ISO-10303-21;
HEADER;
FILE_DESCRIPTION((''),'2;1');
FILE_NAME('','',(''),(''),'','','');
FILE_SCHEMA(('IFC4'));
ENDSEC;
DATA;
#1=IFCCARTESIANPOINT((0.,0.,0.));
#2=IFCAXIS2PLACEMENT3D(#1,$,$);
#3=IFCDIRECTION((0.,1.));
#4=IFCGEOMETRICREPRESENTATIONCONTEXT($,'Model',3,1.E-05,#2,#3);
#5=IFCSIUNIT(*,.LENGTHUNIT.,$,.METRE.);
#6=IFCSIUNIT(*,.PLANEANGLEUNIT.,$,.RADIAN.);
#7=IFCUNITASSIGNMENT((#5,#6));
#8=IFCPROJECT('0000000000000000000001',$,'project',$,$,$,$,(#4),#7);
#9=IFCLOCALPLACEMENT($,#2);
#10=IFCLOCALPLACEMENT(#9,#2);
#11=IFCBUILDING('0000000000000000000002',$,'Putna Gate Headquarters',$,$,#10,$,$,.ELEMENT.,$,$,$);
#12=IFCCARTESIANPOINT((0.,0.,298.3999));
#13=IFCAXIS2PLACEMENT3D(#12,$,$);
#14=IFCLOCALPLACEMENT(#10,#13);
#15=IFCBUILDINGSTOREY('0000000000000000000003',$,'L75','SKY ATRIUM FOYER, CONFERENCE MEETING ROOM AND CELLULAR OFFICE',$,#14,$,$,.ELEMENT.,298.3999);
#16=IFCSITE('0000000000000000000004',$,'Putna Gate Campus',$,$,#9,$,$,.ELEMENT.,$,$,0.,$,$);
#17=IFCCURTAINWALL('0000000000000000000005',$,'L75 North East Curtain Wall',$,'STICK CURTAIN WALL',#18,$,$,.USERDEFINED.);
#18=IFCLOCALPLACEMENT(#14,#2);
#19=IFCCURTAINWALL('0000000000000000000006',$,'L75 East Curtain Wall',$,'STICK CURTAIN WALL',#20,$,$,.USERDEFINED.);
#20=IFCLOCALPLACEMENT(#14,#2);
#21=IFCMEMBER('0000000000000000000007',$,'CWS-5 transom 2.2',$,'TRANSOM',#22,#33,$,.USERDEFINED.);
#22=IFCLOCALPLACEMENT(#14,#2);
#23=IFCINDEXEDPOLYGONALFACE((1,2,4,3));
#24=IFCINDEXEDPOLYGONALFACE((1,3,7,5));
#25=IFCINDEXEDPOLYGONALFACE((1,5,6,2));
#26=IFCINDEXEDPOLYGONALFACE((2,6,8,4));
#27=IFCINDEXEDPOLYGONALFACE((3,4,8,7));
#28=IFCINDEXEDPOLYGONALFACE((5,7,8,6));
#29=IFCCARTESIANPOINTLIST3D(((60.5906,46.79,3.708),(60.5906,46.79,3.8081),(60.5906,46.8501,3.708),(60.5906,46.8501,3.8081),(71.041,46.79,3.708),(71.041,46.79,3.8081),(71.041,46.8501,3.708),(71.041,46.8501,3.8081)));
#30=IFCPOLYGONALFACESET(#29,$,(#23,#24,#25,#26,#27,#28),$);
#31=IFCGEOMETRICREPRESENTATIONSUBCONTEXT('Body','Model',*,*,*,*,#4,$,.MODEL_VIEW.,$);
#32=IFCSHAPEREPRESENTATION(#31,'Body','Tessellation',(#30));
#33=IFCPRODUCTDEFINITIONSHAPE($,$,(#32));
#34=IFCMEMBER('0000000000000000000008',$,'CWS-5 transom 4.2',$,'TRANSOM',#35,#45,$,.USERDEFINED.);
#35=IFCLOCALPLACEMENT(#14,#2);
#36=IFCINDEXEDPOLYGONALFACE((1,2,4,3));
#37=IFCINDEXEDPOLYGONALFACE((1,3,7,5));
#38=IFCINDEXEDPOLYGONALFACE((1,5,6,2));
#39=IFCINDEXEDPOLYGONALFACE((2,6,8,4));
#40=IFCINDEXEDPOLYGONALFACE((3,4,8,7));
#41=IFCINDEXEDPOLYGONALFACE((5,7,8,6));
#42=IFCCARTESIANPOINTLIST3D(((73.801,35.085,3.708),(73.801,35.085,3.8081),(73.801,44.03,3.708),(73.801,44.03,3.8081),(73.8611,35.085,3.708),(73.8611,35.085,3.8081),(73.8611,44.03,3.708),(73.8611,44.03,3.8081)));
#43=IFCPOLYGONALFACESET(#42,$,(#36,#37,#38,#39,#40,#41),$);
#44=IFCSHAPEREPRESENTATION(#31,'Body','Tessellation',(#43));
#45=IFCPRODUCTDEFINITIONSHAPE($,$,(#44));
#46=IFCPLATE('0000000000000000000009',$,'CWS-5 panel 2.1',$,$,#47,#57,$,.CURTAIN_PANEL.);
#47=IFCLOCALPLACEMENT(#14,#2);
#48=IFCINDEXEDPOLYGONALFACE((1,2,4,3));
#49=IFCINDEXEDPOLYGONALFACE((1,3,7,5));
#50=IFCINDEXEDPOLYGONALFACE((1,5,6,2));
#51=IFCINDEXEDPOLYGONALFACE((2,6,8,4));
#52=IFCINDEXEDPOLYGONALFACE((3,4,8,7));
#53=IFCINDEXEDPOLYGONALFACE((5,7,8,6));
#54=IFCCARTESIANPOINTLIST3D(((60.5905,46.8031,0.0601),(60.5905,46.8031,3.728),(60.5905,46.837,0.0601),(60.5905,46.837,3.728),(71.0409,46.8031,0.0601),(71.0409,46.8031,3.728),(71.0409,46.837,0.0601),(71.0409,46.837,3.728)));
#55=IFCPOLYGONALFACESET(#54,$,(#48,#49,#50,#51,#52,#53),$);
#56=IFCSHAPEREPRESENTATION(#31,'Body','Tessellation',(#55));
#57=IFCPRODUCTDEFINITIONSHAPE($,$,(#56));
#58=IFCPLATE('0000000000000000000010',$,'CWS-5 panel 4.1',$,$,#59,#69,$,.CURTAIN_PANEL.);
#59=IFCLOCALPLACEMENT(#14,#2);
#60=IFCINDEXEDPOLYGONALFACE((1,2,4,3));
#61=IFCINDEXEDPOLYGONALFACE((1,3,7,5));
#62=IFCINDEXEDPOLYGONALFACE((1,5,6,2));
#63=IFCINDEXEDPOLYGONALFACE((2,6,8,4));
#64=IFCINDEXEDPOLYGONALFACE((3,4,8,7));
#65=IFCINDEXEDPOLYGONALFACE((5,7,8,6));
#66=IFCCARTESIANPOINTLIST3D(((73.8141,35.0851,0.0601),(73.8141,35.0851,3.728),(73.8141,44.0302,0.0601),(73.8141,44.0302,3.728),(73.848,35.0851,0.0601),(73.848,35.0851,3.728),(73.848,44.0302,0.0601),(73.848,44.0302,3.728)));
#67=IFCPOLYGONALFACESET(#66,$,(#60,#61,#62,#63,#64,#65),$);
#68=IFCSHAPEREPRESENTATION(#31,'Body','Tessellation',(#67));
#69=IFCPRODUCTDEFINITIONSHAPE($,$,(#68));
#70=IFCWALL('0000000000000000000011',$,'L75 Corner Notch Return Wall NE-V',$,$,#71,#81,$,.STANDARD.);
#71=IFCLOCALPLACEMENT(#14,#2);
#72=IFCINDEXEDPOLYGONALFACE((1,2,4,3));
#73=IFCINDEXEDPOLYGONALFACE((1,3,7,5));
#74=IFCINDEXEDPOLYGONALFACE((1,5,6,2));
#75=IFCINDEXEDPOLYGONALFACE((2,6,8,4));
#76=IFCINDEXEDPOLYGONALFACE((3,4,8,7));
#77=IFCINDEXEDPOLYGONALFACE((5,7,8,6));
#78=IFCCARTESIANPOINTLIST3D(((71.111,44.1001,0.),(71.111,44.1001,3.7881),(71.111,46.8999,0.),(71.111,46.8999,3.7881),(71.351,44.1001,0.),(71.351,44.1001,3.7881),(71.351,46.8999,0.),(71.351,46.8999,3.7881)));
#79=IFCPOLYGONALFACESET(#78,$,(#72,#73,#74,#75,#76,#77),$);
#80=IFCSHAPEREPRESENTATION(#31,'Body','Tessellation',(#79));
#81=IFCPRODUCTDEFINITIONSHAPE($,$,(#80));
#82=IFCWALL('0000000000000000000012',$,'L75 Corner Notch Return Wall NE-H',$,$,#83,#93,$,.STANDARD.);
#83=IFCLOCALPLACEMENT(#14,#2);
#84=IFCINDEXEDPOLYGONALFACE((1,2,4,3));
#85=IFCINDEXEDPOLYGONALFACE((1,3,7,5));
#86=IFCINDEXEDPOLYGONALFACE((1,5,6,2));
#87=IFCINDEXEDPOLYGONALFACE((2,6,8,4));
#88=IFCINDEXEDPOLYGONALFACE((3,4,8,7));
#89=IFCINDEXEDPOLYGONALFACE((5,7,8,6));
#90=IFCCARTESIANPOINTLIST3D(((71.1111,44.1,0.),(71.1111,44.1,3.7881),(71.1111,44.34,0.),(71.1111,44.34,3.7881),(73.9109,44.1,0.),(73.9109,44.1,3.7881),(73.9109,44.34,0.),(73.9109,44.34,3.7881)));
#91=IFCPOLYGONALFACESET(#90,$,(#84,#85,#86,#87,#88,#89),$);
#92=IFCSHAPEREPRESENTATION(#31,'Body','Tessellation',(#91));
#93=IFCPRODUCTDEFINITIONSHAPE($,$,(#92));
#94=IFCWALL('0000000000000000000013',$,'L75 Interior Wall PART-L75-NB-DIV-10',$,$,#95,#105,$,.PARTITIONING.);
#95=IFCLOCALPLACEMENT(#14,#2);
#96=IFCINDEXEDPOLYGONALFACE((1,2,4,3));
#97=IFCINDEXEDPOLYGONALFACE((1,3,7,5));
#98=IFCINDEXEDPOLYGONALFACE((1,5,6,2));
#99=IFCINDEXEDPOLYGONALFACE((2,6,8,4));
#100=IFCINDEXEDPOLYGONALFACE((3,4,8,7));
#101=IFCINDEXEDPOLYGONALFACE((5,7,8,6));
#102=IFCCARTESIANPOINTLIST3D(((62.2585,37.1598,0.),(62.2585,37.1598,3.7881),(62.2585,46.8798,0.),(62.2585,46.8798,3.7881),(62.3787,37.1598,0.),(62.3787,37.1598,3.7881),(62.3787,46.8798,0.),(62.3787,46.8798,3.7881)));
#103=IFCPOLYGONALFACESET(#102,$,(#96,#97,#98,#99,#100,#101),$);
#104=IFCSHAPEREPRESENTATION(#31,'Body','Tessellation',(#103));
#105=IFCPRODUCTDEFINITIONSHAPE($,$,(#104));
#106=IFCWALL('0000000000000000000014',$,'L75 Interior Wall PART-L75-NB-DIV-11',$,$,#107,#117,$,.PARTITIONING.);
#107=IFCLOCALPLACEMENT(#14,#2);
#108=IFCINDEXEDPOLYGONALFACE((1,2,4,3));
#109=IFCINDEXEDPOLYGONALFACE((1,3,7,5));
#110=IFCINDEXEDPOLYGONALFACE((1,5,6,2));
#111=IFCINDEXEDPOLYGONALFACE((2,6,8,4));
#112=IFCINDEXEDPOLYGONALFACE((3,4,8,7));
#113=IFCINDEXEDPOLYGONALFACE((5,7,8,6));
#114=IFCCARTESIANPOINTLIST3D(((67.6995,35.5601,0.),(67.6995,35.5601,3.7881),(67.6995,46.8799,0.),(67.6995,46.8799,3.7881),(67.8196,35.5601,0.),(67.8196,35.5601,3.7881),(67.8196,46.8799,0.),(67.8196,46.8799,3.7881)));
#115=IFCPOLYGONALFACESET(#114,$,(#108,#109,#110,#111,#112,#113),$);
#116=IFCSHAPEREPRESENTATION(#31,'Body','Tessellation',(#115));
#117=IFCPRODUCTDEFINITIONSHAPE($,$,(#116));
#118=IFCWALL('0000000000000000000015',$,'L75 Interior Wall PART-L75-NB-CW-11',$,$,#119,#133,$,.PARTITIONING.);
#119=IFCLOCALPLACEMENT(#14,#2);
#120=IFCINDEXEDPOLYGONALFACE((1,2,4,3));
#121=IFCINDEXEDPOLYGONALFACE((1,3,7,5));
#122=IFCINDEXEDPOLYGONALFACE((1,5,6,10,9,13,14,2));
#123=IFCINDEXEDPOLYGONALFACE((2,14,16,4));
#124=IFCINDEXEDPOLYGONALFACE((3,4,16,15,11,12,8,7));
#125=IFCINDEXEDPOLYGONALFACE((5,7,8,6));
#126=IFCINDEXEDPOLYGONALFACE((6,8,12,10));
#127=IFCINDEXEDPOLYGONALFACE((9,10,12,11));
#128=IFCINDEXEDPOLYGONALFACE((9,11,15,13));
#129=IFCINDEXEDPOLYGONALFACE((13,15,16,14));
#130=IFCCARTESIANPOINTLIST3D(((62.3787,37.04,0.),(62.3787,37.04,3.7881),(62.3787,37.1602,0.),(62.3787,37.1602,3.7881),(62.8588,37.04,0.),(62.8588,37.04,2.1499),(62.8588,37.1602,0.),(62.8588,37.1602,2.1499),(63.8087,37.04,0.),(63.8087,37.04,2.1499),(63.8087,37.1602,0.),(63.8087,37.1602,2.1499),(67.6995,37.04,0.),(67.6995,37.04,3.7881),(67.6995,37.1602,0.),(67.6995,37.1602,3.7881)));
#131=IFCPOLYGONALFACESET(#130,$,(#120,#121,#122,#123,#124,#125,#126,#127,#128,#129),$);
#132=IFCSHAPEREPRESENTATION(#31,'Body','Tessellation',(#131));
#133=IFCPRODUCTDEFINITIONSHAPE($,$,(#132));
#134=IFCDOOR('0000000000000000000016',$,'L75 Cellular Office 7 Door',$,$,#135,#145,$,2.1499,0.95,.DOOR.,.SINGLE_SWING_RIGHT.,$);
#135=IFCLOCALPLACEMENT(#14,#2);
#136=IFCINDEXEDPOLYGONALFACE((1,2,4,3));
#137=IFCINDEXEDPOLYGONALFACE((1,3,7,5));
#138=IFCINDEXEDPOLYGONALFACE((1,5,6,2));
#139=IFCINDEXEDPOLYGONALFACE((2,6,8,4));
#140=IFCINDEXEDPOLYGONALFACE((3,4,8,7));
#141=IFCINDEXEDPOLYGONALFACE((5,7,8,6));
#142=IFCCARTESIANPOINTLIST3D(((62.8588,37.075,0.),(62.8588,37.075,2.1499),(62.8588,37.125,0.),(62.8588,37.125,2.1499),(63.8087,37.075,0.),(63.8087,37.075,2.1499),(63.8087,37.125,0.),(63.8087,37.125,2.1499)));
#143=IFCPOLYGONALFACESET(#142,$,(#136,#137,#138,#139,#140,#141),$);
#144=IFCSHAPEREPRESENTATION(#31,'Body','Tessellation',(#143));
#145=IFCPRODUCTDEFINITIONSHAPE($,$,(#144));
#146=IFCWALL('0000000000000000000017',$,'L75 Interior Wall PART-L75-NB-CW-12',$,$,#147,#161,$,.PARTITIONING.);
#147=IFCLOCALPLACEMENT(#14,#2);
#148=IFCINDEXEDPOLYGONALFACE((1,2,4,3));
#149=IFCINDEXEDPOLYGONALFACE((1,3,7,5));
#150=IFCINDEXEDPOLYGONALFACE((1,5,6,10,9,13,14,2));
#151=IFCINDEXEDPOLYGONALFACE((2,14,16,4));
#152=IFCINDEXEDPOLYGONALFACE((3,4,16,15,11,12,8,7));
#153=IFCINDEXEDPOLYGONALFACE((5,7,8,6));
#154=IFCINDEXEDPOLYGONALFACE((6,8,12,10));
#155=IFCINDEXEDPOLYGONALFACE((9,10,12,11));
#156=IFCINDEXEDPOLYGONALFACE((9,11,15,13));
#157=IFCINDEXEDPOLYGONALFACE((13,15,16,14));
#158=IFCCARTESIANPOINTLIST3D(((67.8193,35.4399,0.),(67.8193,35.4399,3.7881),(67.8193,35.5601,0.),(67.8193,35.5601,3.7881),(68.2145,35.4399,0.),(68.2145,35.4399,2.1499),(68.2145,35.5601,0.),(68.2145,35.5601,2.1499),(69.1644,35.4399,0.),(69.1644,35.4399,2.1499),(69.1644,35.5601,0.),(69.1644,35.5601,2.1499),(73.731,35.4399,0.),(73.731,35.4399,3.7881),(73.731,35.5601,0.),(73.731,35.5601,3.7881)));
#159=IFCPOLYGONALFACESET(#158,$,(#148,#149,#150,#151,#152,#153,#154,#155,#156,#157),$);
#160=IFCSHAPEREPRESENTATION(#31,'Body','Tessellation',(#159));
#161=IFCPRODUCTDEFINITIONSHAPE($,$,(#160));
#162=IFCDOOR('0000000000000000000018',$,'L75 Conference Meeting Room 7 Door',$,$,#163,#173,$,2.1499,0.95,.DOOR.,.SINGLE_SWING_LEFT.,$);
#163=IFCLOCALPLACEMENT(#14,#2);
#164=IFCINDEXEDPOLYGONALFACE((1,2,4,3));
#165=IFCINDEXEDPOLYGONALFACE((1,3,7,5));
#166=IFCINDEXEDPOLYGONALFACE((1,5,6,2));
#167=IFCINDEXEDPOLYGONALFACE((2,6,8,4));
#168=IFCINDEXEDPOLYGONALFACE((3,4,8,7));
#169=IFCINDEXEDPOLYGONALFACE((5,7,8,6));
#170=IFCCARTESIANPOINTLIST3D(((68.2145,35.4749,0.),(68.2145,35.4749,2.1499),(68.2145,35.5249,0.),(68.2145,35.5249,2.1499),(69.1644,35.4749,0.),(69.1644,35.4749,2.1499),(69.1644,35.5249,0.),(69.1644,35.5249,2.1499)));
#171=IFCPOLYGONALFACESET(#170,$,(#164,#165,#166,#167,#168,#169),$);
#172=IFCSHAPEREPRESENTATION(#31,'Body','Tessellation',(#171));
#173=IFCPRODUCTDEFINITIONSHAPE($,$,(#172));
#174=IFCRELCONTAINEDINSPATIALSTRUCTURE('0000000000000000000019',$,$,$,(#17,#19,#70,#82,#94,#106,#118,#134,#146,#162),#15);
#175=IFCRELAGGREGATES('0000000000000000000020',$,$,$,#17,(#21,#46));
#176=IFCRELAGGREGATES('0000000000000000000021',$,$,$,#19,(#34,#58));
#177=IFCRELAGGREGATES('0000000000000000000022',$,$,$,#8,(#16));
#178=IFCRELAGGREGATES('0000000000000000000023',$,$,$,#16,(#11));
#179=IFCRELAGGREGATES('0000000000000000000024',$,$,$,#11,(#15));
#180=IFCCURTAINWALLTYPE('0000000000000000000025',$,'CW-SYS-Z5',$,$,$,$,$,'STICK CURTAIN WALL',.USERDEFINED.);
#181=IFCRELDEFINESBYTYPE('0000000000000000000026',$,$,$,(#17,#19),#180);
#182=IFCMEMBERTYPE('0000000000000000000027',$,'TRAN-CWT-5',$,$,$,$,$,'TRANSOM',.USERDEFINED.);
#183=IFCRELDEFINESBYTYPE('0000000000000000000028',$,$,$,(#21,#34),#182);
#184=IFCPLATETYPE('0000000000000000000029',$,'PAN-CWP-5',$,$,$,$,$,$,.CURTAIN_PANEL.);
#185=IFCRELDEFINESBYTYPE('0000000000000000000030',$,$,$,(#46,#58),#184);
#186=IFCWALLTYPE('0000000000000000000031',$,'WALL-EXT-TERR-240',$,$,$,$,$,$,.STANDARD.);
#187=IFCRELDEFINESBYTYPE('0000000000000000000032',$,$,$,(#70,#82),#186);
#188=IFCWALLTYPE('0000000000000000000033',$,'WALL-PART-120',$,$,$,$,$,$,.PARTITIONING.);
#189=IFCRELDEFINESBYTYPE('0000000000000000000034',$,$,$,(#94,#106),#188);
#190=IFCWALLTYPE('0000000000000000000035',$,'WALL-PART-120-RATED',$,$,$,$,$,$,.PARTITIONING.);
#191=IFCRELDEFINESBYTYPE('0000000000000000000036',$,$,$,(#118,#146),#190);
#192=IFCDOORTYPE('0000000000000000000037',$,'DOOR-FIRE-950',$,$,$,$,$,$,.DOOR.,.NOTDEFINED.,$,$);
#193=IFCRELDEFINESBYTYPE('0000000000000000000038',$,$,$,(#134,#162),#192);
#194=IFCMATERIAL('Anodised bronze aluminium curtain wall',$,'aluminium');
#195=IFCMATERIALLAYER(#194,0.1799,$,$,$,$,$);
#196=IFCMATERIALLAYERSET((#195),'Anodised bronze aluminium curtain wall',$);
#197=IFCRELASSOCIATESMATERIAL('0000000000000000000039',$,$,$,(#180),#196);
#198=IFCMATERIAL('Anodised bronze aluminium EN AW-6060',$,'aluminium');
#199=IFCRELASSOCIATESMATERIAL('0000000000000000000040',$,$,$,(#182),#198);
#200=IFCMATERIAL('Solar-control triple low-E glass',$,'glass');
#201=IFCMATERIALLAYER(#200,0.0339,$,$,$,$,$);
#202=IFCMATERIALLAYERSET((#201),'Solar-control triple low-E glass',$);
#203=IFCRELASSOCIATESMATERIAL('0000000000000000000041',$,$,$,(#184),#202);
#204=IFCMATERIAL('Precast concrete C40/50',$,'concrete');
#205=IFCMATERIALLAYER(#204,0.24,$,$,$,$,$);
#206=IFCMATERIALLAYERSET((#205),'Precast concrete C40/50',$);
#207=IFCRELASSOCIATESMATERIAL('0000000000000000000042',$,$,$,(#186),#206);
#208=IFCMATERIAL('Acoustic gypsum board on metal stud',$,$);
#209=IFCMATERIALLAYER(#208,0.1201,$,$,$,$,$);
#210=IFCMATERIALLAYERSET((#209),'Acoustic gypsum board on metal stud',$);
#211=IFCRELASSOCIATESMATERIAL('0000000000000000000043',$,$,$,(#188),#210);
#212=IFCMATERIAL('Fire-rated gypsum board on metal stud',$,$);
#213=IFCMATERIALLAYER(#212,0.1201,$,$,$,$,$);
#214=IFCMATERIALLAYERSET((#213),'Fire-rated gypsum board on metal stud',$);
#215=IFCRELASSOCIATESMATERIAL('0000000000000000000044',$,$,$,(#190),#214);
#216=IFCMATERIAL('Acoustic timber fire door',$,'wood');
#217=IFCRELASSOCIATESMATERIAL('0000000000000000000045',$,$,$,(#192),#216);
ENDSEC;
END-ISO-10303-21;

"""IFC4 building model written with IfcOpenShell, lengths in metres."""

from ifc_helpers import new_model, si_unit, direction, frame, frame_2d, origin, origin_2d, place, context, subcontext, project, spatial, rectangle, extrude, material, layer, layer_set, material_profile, profile_set, type_object, element, fill, aggregate, save


model = new_model("IFC4")

# Units and contexts
model_context = context("Model", 3, precision=1e-05, world=origin(), true_north=direction((0.0, 1.0)))
body_context = subcontext(model_context, "Body", "Model", "MODEL_VIEW")
ifc_project = project(units=[si_unit("LENGTHUNIT", "METRE"), si_unit("PLANEANGLEUNIT", "RADIAN")], contexts=[model_context])

# Site, building, storey
site_placement = place(None, origin())
site = spatial("IfcSite", under=ifc_project, at=site_placement, Name="Putna Gate Campus", CompositionType="ELEMENT", RefElevation=0.0)
building_placement = place(site_placement, origin())
building = spatial("IfcBuilding", under=site, at=building_placement, Name="Putna Gate Headquarters", CompositionType="ELEMENT")
storey_placement = place(building_placement, frame((0.0, 0.0, 298.3999)))
storey = spatial("IfcBuildingStorey", under=building, at=storey_placement, Name="L75", Description="SKY ATRIUM FOYER, CONFERENCE MEETING ROOM AND CELLULAR OFFICE", CompositionType="ELEMENT", Elevation=298.3999)

# Curtain wall
ifc_material_1 = material(Name="Anodised bronze aluminium curtain wall", Category="aluminium")
ifc_layer_1 = layer(ifc_material_1, 0.1799)
ifc_layer_set_1 = layer_set([ifc_layer_1], Name="Anodised bronze aluminium curtain wall")
curtain_wall_type = type_object("IfcCurtainWallType", Name="CW-SYS-Z5", ElementType="STICK CURTAIN WALL", PredefinedType="USERDEFINED", material=ifc_layer_set_1)
curtain_wall_1_placement = place(storey_placement, origin())
curtain_wall_1 = element("IfcCurtainWall", 1, at=curtain_wall_1_placement, inside=storey, type_object=curtain_wall_type, Name="L75 North East Curtain Wall", ObjectType="STICK CURTAIN WALL", PredefinedType="USERDEFINED")
ifc_material_2 = material(Name="Anodised bronze aluminium EN AW-6060", Category="aluminium")

# Curtain wall
curtain_wall_2_placement = place(storey_placement, origin())
curtain_wall_2 = element("IfcCurtainWall", 2, at=curtain_wall_2_placement, inside=storey, type_object=curtain_wall_type, Name="L75 East Curtain Wall", ObjectType="STICK CURTAIN WALL", PredefinedType="USERDEFINED")

# Members
ifc_material_profile_1 = material_profile(ifc_material_2, rectangle(XDim=0.0601, YDim=0.1001, at=origin_2d()), Name="Anodised bronze aluminium EN AW-6060")
ifc_profile_set_1 = profile_set([ifc_material_profile_1], Name="Anodised bronze aluminium EN AW-6060")
member_type_1 = type_object("IfcMemberType", Name="TRAN-CWT-5", ElementType="TRANSOM", PredefinedType="USERDEFINED", material=ifc_profile_set_1)
member_1_placement = place(storey_placement, frame((60.5906, 46.8201, 3.7581), z_axis=(1.0, 0.0, 0.0), x_axis=(0.0, 1.0, 0.0)))
member_1 = element("IfcMember", 3, at=member_1_placement, type_object=member_type_1, Name="CWS-5 transom 2.2", ObjectType="TRANSOM", PredefinedType="USERDEFINED", context=body_context, shape_type="SweptSolid", body=[
    extrude(rectangle(XDim=0.0601, YDim=0.1001, at=origin_2d()), origin(), (0.0, 0.0, 1.0), 10.4504),
])
member_2_placement = place(storey_placement, frame((73.8311, 35.085, 3.7581), z_axis=(0.0, 1.0, 0.0), x_axis=(-1.0, 0.0, 0.0)))
member_2 = element("IfcMember", 4, at=member_2_placement, type_object=member_type_1, Name="CWS-5 transom 4.2", ObjectType="TRANSOM", PredefinedType="USERDEFINED", context=body_context, shape_type="SweptSolid", body=[
    extrude(rectangle(XDim=0.0601, YDim=0.1001, at=origin_2d()), origin(), (0.0, 0.0, 1.0), 8.9451),
])

# Plates
ifc_material_3 = material(Name="Solar-control triple low-E glass", Category="glass")
ifc_layer_2 = layer(ifc_material_3, 0.0339)
ifc_layer_set_2 = layer_set([ifc_layer_2], Name="Solar-control triple low-E glass")
plate_type = type_object("IfcPlateType", Name="PAN-CWP-5", PredefinedType="CURTAIN_PANEL", material=ifc_layer_set_2)
plate_1_placement = place(storey_placement, frame((65.8157, 46.8201, 0.0601), z_axis=(0.0, 0.0, 1.0), x_axis=(1.0, 0.0, 0.0)))
plate_1 = element("IfcPlate", 5, at=plate_1_placement, type_object=plate_type, Name="CWS-5 panel 2.1", PredefinedType="CURTAIN_PANEL", context=body_context, shape_type="SweptSolid", body=[
    extrude(rectangle(XDim=10.4504, YDim=0.0339, at=origin_2d()), origin(), (0.0, 0.0, 1.0), 3.668),
])
aggregate(curtain_wall_1, [member_1, plate_1])
plate_2_placement = place(storey_placement, frame((73.8311, 39.5576, 0.0601), z_axis=(0.0, 0.0, 1.0), x_axis=(0.0, 1.0, 0.0)))
plate_2 = element("IfcPlate", 6, at=plate_2_placement, type_object=plate_type, Name="CWS-5 panel 4.1", PredefinedType="CURTAIN_PANEL", context=body_context, shape_type="SweptSolid", body=[
    extrude(rectangle(XDim=8.9451, YDim=0.0339, at=origin_2d()), origin(), (0.0, 0.0, 1.0), 3.668),
])
aggregate(curtain_wall_2, [member_2, plate_2])

# Walls
ifc_material_4 = material(Name="Precast concrete C40/50", Category="concrete")
ifc_layer_3 = layer(ifc_material_4, 0.24)
ifc_layer_set_3 = layer_set([ifc_layer_3], Name="Precast concrete C40/50")
wall_type_1 = type_object("IfcWallType", Name="WALL-EXT-TERR-240", PredefinedType="STANDARD", material=ifc_layer_set_3)
for number, where, z_axis, x_axis, name in (
    (7, (71.231, 46.8999, 0.0), (0.0, 0.0, 1.0), (0.0, -1.0, 0.0), "L75 Corner Notch Return Wall NE-V"),
    (8, (71.1111, 44.22, 0.0), (0.0, 0.0, 1.0), (1.0, 0.0, 0.0), "L75 Corner Notch Return Wall NE-H"),
):
    element("IfcWall", number, at=place(storey_placement, frame(where, z_axis=z_axis, x_axis=x_axis)), inside=storey, type_object=wall_type_1, Name=name, PredefinedType="STANDARD", context=body_context, shape_type="SweptSolid", body=[
        extrude(rectangle(XDim=2.7998, YDim=0.24, at=frame_2d((1.3999, 0.0))), origin(), (0.0, 0.0, 1.0), 3.7881),
    ])
ifc_material_5 = material(Name="Acoustic gypsum board on metal stud")
ifc_layer_4 = layer(ifc_material_5, 0.1201)
ifc_layer_set_4 = layer_set([ifc_layer_4], Name="Acoustic gypsum board on metal stud")
wall_type_2 = type_object("IfcWallType", Name="WALL-PART-120", PredefinedType="PARTITIONING", material=ifc_layer_set_4)
wall_1_placement = place(storey_placement, frame((62.3186, 37.1599, 0.0), z_axis=(0.0, 0.0, 1.0), x_axis=(0.0, 1.0, 0.0)))
element("IfcWall", 9, at=wall_1_placement, inside=storey, type_object=wall_type_2, Name="L75 Interior Wall PART-L75-NB-DIV-10", PredefinedType="PARTITIONING", context=body_context, shape_type="SweptSolid", body=[
    extrude(rectangle(XDim=9.72, YDim=0.1201, at=frame_2d((4.8599, 0.0))), origin(), (0.0, 0.0, 1.0), 3.7881),
])
wall_2_placement = place(storey_placement, frame((67.7595, 35.5601, 0.0), z_axis=(0.0, 0.0, 1.0), x_axis=(0.0, 1.0, 0.0)))
element("IfcWall", 10, at=wall_2_placement, inside=storey, type_object=wall_type_2, Name="L75 Interior Wall PART-L75-NB-DIV-11", PredefinedType="PARTITIONING", context=body_context, shape_type="SweptSolid", body=[
    extrude(rectangle(XDim=11.3198, YDim=0.1201, at=frame_2d((5.6599, 0.0))), origin(), (0.0, 0.0, 1.0), 3.7881),
])

# Walls, openings, doors
ifc_material_6 = material(Name="Fire-rated gypsum board on metal stud")
ifc_layer_5 = layer(ifc_material_6, 0.1201)
ifc_layer_set_5 = layer_set([ifc_layer_5], Name="Fire-rated gypsum board on metal stud")
wall_type_3 = type_object("IfcWallType", Name="WALL-PART-120-RATED", PredefinedType="PARTITIONING", material=ifc_layer_set_5)
wall_3_placement = place(storey_placement, frame((62.3787, 37.1001, 0.0), z_axis=(0.0, 0.0, 1.0), x_axis=(1.0, 0.0, 0.0)))
wall_3 = element("IfcWall", 11, at=wall_3_placement, inside=storey, type_object=wall_type_3, Name="L75 Interior Wall PART-L75-NB-CW-11", PredefinedType="PARTITIONING", context=body_context, shape_type="SweptSolid", body=[
    extrude(rectangle(XDim=5.3208, YDim=0.1201, at=frame_2d((2.6604, 0.0))), origin(), (0.0, 0.0, 1.0), 3.7881),
])
opening_1_placement = place(wall_3_placement, frame((0.48, 0.0, 0.0)))
opening_1 = element("IfcOpeningElement", 12, at=opening_1_placement, cuts=wall_3, PredefinedType="OPENING", context=body_context, shape_type="SweptSolid", body=[
    extrude(rectangle(XDim=0.95, YDim=2.1499, at=frame_2d((0.4751, 1.075))), frame((0.0, 0.0701, 0.0), z_axis=(0.0, -1.0, 0.0), x_axis=(1.0, 0.0, 0.0)), (0.0, 0.0, 1.0), 0.1401),
])
ifc_material_7 = material(Name="Acoustic timber fire door", Category="wood")
door_type = type_object("IfcDoorType", Name="DOOR-FIRE-950", OperationType="NOTDEFINED", PredefinedType="DOOR", material=ifc_material_7)
door_1_placement = place(opening_1_placement, origin())
door_1 = element("IfcDoor", 13, at=door_1_placement, inside=storey, type_object=door_type, Name="L75 Cellular Office 7 Door", OperationType="SINGLE_SWING_RIGHT", OverallHeight=2.1499, OverallWidth=0.95, PredefinedType="DOOR", context=body_context, shape_type="SweptSolid", body=[
    extrude(rectangle(XDim=0.95, YDim=2.1499, at=frame_2d((0.4751, 1.075))), frame((0.0, 0.0249, 0.0), z_axis=(0.0, -1.0, 0.0), x_axis=(1.0, 0.0, 0.0)), (0.0, 0.0, 1.0), 0.05),
])
fill(opening_1, door_1)
wall_4_placement = place(storey_placement, frame((67.8193, 35.5, 0.0), z_axis=(0.0, 0.0, 1.0), x_axis=(1.0, 0.0, 0.0)))
wall_4 = element("IfcWall", 14, at=wall_4_placement, inside=storey, type_object=wall_type_3, Name="L75 Interior Wall PART-L75-NB-CW-12", PredefinedType="PARTITIONING", context=body_context, shape_type="SweptSolid", body=[
    extrude(rectangle(XDim=5.9116, YDim=0.1201, at=frame_2d((2.9558, 0.0))), origin(), (0.0, 0.0, 1.0), 3.7881),
])
opening_2_placement = place(wall_4_placement, frame((0.395, 0.0, 0.0)))
opening_2 = element("IfcOpeningElement", 15, at=opening_2_placement, cuts=wall_4, PredefinedType="OPENING", context=body_context, shape_type="SweptSolid", body=[
    extrude(rectangle(XDim=0.95, YDim=2.1499, at=frame_2d((0.4751, 1.075))), frame((0.0, 0.0701, 0.0), z_axis=(0.0, -1.0, 0.0), x_axis=(1.0, 0.0, 0.0)), (0.0, 0.0, 1.0), 0.1401),
])
door_2_placement = place(opening_2_placement, origin())
door_2 = element("IfcDoor", 16, at=door_2_placement, inside=storey, type_object=door_type, Name="L75 Conference Meeting Room 7 Door", OperationType="SINGLE_SWING_LEFT", OverallHeight=2.1499, OverallWidth=0.95, PredefinedType="DOOR", context=body_context, shape_type="SweptSolid", body=[
    extrude(rectangle(XDim=0.95, YDim=2.1499, at=frame_2d((0.4751, 1.075))), frame((0.0, 0.0249, 0.0), z_axis=(0.0, -1.0, 0.0), x_axis=(1.0, 0.0, 0.0)), (0.0, 0.0, 1.0), 0.05),
])
fill(opening_2, door_2)

save(model, "model.ifc")
